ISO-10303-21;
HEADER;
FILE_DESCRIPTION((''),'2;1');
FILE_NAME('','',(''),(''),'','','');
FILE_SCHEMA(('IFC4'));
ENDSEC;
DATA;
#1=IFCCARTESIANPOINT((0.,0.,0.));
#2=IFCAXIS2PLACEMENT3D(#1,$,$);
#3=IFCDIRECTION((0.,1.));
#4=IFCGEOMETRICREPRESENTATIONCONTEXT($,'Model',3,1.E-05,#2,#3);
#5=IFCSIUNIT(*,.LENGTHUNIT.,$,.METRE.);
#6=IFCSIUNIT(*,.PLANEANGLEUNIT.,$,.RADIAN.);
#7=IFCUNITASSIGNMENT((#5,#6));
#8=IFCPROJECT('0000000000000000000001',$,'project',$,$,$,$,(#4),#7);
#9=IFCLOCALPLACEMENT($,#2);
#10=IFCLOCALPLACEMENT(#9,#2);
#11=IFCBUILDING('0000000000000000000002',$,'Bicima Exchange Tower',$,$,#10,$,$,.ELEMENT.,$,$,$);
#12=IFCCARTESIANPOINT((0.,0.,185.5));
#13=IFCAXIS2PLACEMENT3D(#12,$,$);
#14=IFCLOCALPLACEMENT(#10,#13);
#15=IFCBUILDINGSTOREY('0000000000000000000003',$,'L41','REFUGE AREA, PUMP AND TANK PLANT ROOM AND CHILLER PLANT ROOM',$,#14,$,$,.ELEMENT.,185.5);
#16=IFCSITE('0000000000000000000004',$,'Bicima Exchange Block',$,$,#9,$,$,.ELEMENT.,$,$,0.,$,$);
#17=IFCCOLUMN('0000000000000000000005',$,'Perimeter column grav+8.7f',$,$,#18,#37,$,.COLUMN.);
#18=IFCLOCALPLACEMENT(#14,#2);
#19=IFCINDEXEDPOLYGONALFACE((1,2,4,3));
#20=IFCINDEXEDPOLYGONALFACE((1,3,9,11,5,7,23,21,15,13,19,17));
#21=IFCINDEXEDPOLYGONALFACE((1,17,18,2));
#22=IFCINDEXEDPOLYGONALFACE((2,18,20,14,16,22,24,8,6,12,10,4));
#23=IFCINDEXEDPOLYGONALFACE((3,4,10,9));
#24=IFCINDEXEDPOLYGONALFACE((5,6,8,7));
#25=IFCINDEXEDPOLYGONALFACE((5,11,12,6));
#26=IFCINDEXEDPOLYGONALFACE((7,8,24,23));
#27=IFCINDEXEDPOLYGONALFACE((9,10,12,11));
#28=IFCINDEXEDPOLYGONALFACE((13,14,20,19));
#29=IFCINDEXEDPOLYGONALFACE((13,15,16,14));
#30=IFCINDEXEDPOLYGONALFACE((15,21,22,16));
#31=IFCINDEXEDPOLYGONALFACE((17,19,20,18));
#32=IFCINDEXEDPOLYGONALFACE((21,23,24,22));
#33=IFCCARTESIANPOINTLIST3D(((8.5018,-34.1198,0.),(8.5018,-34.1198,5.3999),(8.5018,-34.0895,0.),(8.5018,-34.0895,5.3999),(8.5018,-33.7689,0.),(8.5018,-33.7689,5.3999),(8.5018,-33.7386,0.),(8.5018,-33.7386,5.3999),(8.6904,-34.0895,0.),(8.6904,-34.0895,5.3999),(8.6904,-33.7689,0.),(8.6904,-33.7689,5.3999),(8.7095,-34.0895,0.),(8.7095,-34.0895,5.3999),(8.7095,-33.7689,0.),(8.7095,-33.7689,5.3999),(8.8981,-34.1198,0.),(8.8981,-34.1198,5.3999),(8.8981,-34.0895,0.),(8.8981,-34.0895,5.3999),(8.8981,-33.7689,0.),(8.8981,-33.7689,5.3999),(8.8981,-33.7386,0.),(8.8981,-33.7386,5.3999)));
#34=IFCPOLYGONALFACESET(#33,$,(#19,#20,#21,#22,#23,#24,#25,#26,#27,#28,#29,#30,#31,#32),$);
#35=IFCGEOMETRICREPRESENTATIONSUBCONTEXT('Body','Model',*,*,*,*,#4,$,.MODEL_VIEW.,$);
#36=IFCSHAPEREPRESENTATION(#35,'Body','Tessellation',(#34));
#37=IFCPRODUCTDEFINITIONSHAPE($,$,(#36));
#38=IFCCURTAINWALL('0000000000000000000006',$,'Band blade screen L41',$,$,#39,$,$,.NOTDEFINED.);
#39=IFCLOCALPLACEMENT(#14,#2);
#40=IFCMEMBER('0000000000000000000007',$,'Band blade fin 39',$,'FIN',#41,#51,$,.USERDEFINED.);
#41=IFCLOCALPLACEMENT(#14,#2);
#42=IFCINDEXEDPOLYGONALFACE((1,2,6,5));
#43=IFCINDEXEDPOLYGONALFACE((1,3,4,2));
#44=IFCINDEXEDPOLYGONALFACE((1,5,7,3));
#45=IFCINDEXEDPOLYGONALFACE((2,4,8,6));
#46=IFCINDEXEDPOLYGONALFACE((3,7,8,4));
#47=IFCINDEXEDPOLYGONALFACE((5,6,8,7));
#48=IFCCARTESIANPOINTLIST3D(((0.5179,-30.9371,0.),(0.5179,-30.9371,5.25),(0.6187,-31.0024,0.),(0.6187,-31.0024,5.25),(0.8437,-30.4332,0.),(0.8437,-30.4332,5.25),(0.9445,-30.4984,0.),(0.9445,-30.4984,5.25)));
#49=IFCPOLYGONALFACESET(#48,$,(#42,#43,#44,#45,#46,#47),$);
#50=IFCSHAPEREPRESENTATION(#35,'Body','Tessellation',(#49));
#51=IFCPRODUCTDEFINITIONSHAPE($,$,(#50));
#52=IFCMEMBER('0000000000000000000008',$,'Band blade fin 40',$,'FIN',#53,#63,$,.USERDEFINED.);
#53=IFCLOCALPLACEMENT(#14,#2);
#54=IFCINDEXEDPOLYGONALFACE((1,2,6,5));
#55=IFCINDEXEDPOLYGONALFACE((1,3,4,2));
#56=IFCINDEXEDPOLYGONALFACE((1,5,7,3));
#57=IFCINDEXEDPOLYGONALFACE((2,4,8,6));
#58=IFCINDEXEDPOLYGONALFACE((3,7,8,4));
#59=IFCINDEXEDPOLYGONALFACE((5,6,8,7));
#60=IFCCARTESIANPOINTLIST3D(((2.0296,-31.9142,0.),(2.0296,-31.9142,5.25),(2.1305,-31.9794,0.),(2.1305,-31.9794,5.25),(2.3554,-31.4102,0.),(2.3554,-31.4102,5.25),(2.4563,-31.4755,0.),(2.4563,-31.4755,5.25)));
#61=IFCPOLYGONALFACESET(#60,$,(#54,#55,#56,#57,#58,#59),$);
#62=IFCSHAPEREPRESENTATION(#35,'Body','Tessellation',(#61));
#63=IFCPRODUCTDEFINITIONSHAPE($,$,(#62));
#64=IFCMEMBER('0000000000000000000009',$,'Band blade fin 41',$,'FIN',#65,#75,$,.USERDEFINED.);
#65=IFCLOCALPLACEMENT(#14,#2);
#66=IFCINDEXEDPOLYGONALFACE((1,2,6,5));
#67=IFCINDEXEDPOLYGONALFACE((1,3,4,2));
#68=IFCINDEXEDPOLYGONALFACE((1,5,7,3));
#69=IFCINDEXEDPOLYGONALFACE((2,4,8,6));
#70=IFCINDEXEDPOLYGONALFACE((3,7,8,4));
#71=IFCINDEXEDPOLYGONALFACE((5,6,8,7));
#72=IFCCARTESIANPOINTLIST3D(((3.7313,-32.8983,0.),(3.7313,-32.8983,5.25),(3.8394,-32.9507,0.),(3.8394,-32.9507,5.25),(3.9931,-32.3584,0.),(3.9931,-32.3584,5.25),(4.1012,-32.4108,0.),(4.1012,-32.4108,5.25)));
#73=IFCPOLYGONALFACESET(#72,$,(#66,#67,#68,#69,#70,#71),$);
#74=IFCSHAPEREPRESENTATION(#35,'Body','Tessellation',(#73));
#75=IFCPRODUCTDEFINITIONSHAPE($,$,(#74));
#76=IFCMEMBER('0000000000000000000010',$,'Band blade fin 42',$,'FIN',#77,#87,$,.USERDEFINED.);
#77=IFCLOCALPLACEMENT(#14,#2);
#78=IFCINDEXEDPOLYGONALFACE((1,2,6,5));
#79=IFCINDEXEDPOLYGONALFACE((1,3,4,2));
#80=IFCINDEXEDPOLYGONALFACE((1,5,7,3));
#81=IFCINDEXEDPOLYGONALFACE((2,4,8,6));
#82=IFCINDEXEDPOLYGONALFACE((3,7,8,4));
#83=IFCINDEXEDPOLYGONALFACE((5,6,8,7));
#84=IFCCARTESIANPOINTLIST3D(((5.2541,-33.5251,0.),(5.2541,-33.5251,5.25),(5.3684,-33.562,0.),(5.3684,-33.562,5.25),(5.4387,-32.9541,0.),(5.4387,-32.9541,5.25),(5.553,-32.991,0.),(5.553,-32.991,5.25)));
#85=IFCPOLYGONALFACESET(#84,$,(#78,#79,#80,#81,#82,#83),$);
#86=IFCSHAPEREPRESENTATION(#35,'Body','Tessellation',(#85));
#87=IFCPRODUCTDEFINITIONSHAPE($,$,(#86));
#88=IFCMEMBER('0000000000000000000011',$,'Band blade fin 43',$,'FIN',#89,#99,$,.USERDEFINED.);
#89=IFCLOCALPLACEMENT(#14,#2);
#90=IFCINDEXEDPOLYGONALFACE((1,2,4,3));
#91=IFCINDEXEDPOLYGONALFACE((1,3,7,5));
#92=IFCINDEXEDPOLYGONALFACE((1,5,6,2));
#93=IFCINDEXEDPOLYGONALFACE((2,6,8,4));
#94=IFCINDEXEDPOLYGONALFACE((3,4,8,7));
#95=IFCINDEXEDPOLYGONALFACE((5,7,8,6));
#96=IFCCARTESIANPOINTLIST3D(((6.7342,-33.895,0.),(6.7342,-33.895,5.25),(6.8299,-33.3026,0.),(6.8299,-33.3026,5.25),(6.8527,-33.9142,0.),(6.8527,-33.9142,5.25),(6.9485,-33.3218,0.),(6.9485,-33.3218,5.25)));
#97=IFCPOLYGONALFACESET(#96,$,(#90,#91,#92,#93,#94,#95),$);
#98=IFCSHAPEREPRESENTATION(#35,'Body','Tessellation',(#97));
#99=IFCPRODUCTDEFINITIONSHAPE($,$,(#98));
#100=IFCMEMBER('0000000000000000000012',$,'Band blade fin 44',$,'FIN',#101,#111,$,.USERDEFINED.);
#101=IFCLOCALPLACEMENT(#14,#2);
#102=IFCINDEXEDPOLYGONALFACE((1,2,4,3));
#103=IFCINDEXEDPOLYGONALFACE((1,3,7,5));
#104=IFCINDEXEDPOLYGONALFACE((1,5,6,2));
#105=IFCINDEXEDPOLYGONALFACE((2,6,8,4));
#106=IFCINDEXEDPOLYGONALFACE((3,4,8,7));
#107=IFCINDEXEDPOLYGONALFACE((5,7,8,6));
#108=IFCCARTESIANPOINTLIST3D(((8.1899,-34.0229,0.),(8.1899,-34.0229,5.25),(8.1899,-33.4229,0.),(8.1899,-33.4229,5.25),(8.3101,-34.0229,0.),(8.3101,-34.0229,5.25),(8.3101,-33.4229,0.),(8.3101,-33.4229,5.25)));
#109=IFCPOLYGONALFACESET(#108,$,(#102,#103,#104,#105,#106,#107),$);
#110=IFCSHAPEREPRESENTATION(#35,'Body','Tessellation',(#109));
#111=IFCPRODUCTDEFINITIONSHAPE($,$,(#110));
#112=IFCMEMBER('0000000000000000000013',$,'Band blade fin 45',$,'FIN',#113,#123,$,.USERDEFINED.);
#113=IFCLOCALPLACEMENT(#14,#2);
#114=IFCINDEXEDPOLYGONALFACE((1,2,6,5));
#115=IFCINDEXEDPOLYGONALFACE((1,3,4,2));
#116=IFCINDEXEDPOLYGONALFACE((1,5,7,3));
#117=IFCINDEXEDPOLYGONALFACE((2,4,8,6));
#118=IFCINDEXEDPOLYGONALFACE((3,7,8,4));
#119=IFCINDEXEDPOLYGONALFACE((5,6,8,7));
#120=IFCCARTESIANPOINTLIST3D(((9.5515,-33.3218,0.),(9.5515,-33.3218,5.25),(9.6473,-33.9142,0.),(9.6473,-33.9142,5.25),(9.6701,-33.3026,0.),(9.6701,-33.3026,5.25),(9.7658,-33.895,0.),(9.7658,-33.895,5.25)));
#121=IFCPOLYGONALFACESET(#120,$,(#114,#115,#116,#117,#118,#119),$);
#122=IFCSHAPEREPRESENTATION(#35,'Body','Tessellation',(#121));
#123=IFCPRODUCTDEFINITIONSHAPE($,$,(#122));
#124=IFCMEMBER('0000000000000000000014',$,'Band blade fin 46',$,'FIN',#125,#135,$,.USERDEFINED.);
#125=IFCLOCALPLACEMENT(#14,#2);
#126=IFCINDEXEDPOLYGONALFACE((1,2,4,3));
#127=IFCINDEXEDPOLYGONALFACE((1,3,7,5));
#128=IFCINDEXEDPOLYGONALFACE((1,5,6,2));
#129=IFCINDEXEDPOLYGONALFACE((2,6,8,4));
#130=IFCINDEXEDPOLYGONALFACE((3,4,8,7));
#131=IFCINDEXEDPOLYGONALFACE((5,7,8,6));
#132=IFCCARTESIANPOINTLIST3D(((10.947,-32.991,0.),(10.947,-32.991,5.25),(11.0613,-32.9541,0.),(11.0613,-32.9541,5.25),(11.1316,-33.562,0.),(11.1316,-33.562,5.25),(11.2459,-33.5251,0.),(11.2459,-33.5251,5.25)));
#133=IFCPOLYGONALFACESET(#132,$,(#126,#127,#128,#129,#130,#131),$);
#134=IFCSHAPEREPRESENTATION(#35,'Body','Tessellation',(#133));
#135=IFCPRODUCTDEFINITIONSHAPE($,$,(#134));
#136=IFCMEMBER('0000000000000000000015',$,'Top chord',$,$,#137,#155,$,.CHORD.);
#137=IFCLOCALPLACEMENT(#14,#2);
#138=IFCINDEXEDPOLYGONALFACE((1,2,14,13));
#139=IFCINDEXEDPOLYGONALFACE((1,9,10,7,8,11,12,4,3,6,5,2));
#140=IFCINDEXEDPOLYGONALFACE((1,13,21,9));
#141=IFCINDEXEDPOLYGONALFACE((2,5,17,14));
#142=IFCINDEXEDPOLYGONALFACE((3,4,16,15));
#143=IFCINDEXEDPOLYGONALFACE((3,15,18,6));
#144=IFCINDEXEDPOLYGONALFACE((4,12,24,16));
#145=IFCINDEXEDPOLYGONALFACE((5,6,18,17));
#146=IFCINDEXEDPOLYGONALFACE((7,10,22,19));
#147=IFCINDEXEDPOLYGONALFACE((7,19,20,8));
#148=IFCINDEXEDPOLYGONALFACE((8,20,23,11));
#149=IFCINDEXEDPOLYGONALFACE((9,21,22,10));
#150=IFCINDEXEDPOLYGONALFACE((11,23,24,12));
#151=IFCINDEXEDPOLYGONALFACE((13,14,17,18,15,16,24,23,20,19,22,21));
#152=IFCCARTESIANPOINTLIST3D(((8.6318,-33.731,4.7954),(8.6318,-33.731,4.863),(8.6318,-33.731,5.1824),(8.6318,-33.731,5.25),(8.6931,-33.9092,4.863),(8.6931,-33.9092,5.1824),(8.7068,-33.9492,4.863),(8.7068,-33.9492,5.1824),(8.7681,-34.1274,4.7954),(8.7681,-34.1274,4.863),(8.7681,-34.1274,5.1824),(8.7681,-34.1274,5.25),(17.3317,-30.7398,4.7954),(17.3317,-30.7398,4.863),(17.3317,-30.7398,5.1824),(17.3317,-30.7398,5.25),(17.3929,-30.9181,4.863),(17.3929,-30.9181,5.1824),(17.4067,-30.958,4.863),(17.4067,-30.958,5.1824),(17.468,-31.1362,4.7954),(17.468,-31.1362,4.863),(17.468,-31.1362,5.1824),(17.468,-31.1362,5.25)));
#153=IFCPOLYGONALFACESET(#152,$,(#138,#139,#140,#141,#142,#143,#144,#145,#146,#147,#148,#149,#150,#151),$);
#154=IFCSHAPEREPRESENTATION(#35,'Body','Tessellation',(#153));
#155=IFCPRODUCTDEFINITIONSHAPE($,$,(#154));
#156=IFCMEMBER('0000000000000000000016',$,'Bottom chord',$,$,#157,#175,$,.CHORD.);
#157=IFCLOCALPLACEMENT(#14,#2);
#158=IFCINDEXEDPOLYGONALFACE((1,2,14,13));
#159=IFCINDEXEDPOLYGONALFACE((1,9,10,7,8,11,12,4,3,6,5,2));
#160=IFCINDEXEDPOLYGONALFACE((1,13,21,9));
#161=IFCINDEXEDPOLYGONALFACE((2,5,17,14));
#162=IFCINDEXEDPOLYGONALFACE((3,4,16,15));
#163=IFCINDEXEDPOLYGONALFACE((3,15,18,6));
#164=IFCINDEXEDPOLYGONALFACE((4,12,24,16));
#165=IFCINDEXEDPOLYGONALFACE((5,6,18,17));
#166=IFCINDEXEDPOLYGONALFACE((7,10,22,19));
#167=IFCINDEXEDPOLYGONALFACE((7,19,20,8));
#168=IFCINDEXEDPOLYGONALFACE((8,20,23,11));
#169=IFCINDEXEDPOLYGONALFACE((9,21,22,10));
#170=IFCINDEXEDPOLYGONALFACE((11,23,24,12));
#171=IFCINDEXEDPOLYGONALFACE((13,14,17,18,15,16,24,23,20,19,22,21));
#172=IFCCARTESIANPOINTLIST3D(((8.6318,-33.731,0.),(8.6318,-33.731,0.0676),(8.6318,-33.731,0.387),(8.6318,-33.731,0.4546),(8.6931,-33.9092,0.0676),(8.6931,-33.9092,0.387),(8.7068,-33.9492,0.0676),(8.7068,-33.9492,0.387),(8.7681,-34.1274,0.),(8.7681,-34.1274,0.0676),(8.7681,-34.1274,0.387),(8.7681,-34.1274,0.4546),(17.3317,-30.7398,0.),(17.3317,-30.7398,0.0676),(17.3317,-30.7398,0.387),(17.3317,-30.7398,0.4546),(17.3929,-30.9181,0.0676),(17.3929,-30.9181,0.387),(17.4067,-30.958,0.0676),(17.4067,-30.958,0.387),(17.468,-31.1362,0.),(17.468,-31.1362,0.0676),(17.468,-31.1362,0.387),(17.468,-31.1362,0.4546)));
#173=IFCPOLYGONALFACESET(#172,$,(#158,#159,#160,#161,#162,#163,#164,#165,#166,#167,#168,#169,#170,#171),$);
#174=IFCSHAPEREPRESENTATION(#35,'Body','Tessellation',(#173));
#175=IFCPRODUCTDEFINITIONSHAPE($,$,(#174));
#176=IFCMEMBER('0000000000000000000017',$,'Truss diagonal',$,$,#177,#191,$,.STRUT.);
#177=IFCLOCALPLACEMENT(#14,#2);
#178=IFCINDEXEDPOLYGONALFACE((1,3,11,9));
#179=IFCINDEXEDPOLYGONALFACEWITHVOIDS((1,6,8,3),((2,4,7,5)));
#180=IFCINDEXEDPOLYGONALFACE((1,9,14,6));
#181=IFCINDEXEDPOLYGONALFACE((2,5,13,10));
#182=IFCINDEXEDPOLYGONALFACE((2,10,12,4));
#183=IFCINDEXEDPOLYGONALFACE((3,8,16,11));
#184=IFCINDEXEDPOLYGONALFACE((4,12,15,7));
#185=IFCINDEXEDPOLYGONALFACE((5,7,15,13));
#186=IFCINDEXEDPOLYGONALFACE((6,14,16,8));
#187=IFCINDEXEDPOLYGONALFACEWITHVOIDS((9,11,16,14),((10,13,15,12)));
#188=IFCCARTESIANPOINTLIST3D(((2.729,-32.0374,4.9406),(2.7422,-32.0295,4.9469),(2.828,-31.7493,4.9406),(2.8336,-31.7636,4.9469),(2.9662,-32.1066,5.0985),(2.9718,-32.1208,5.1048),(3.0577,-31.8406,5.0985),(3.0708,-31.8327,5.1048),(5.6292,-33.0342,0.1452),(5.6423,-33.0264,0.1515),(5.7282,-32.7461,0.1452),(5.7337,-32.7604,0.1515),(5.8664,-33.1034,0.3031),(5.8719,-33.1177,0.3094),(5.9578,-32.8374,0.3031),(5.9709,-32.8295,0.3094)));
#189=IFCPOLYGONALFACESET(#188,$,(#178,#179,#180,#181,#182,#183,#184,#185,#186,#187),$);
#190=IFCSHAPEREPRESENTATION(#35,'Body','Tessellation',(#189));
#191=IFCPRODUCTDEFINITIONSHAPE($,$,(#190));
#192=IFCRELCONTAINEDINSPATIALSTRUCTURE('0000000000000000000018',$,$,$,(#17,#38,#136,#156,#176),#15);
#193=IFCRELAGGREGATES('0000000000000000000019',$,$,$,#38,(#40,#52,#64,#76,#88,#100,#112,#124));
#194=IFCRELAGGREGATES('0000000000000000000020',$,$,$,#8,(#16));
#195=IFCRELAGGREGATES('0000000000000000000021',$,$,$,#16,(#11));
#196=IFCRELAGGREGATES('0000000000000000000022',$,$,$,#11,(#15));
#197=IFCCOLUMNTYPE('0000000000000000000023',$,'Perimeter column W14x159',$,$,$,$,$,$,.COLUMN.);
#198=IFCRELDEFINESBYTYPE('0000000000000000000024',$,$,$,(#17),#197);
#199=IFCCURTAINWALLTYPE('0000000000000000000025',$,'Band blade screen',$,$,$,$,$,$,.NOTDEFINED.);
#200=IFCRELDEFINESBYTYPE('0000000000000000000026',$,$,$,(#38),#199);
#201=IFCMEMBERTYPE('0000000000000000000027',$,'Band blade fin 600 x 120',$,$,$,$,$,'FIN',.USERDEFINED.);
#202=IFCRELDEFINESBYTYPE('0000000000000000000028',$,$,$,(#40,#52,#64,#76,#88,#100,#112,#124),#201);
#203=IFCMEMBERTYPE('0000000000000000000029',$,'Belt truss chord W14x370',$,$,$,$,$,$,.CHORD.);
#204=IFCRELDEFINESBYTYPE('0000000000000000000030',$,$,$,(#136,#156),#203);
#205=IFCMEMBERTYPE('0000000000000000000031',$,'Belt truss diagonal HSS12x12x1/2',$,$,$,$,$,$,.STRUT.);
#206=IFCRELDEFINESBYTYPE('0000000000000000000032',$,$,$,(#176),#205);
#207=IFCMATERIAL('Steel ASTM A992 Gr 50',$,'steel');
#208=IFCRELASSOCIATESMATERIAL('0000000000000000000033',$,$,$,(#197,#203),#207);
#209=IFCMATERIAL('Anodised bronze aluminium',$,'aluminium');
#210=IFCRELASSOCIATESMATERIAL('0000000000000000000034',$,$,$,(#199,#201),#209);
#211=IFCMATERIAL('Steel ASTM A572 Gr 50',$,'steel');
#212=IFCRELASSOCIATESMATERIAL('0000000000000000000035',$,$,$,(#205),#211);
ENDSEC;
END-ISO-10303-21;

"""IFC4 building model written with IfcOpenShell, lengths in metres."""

from ifc_helpers import new_model, si_unit, direction, frame, origin, origin_2d, place, context, subcontext, project, spatial, rectangle, hollow_rectangle, i_section, extrude, material, material_profile, profile_set, type_object, element, aggregate, save


model = new_model("IFC4")

# Units and contexts
model_context = context("Model", 3, precision=1e-05, world=origin(), true_north=direction((0.0, 1.0)))
body_context = subcontext(model_context, "Body", "Model", "MODEL_VIEW")
ifc_project = project(units=[si_unit("LENGTHUNIT", "METRE"), si_unit("PLANEANGLEUNIT", "RADIAN")], contexts=[model_context])

# Site, building, storey
site_placement = place(None, origin())
site = spatial("IfcSite", under=ifc_project, at=site_placement, Name="Bicima Exchange Block", CompositionType="ELEMENT", RefElevation=0.0)
building_placement = place(site_placement, origin())
building = spatial("IfcBuilding", under=site, at=building_placement, Name="Bicima Exchange Tower", CompositionType="ELEMENT")
storey_placement = place(building_placement, frame((0.0, 0.0, 185.5)))
storey = spatial("IfcBuildingStorey", under=building, at=storey_placement, Name="L41", Description="REFUGE AREA, PUMP AND TANK PLANT ROOM AND CHILLER PLANT ROOM", CompositionType="ELEMENT", Elevation=185.5)

# Column
ifc_material_1 = material(Name="Steel ASTM A992 Gr 50", Category="steel")
ifc_material_profile_1 = material_profile(ifc_material_1, i_section(OverallWidth=0.3962, OverallDepth=0.3811, WebThickness=0.019, FlangeThickness=0.0303, at=origin_2d()))
ifc_profile_set_1 = profile_set([ifc_material_profile_1], Name="Steel ASTM A992 Gr 50")
column_type = type_object("IfcColumnType", Name="Perimeter column W14x159", PredefinedType="COLUMN", material=ifc_profile_set_1)
column_placement = place(storey_placement, frame((8.7, -33.9292, 0.0), z_axis=(0.0, 0.0, 1.0), x_axis=(1.0, 0.0, 0.0)))
element("IfcColumn", 1, at=column_placement, inside=storey, type_object=column_type, Name="Perimeter column grav+8.7f", PredefinedType="COLUMN", context=body_context, shape_type="SweptSolid", body=[
    extrude(i_section(OverallWidth=0.3962, OverallDepth=0.3811, WebThickness=0.019, FlangeThickness=0.0303, at=origin_2d()), origin(), (0.0, 0.0, 1.0), 5.3999),
])

# Curtain wall, members
ifc_material_2 = material(Name="Anodised bronze aluminium", Category="aluminium")
curtain_wall_type = type_object("IfcCurtainWallType", Name="Band blade screen", PredefinedType="NOTDEFINED", material=ifc_material_2)
curtain_wall_placement = place(storey_placement, origin())
curtain_wall = element("IfcCurtainWall", 2, at=curtain_wall_placement, inside=storey, type_object=curtain_wall_type, Name="Band blade screen L41", PredefinedType="NOTDEFINED")
ifc_material_profile_2 = material_profile(ifc_material_2, rectangle(XDim=0.6001, YDim=0.1201, at=origin_2d()))
ifc_profile_set_2 = profile_set([ifc_material_profile_2], Name="Anodised bronze aluminium")
member_type_1 = type_object("IfcMemberType", Name="Band blade fin 600 x 120", ElementType="FIN", PredefinedType="USERDEFINED", material=ifc_profile_set_2)
member_1_placement = place(storey_placement, frame((0.7312, -30.7178, 0.0), z_axis=(0.0, 0.0, 1.0), x_axis=(0.542909, 0.839791, 0.0)))
member_1 = element("IfcMember", 3, at=member_1_placement, type_object=member_type_1, Name="Band blade fin 39", ObjectType="FIN", PredefinedType="USERDEFINED", context=body_context, shape_type="SweptSolid", body=[
    extrude(rectangle(XDim=0.6001, YDim=0.1201, at=origin_2d()), origin(), (0.0, 0.0, 1.0), 5.25),
])
member_2_placement = place(storey_placement, frame((2.2429, -31.6948, 0.0), z_axis=(0.0, 0.0, 1.0), x_axis=(0.542909, 0.839791, 0.0)))
member_2 = element("IfcMember", 4, at=member_2_placement, type_object=member_type_1, Name="Band blade fin 40", ObjectType="FIN", PredefinedType="USERDEFINED", context=body_context, shape_type="SweptSolid", body=[
    extrude(rectangle(XDim=0.6001, YDim=0.1201, at=origin_2d()), origin(), (0.0, 0.0, 1.0), 5.25),
])
member_3_placement = place(storey_placement, frame((3.9163, -32.6545, 0.0), z_axis=(0.0, 0.0, 1.0), x_axis=(0.436287, 0.899808, 0.0)))
member_3 = element("IfcMember", 5, at=member_3_placement, type_object=member_type_1, Name="Band blade fin 41", ObjectType="FIN", PredefinedType="USERDEFINED", context=body_context, shape_type="SweptSolid", body=[
    extrude(rectangle(XDim=0.6001, YDim=0.1201, at=origin_2d()), origin(), (0.0, 0.0, 1.0), 5.25),
])
member_4_placement = place(storey_placement, frame((5.4036, -33.2581, 0.0), z_axis=(0.0, 0.0, 1.0), x_axis=(0.307553, 0.951531, 0.0)))
member_4 = element("IfcMember", 6, at=member_4_placement, type_object=member_type_1, Name="Band blade fin 42", ObjectType="FIN", PredefinedType="USERDEFINED", context=body_context, shape_type="SweptSolid", body=[
    extrude(rectangle(XDim=0.6001, YDim=0.1201, at=origin_2d()), origin(), (0.0, 0.0, 1.0), 5.25),
])
member_5_placement = place(storey_placement, frame((6.8413, -33.6084, 0.0), z_axis=(0.0, 0.0, 1.0), x_axis=(0.159533, 0.987193, 0.0)))
member_5 = element("IfcMember", 7, at=member_5_placement, type_object=member_type_1, Name="Band blade fin 43", ObjectType="FIN", PredefinedType="USERDEFINED", context=body_context, shape_type="SweptSolid", body=[
    extrude(rectangle(XDim=0.6001, YDim=0.1201, at=origin_2d()), origin(), (0.0, 0.0, 1.0), 5.25),
])
member_6_placement = place(storey_placement, frame((8.25, -33.7229, 0.0), z_axis=(0.0, 0.0, 1.0), x_axis=(0.0, 1.0, 0.0)))
member_6 = element("IfcMember", 8, at=member_6_placement, type_object=member_type_1, Name="Band blade fin 44", ObjectType="FIN", PredefinedType="USERDEFINED", context=body_context, shape_type="SweptSolid", body=[
    extrude(rectangle(XDim=0.6001, YDim=0.1201, at=origin_2d()), origin(), (0.0, 0.0, 1.0), 5.25),
])
member_7_placement = place(storey_placement, frame((9.6587, -33.6084, 0.0), z_axis=(0.0, 0.0, 1.0), x_axis=(-0.159533, 0.987193, 0.0)))
member_7 = element("IfcMember", 9, at=member_7_placement, type_object=member_type_1, Name="Band blade fin 45", ObjectType="FIN", PredefinedType="USERDEFINED", context=body_context, shape_type="SweptSolid", body=[
    extrude(rectangle(XDim=0.6001, YDim=0.1201, at=origin_2d()), origin(), (0.0, 0.0, 1.0), 5.25),
])
member_8_placement = place(storey_placement, frame((11.0964, -33.2581, 0.0), z_axis=(0.0, 0.0, 1.0), x_axis=(-0.307553, 0.951531, 0.0)))
member_8 = element("IfcMember", 10, at=member_8_placement, type_object=member_type_1, Name="Band blade fin 46", ObjectType="FIN", PredefinedType="USERDEFINED", context=body_context, shape_type="SweptSolid", body=[
    extrude(rectangle(XDim=0.6001, YDim=0.1201, at=origin_2d()), origin(), (0.0, 0.0, 1.0), 5.25),
])
aggregate(curtain_wall, [member_1, member_2, member_3, member_4, member_5, member_6, member_7, member_8])

# Members
ifc_material_profile_3 = material_profile(ifc_material_1, i_section(OverallWidth=0.4192, OverallDepth=0.4546, WebThickness=0.0422, FlangeThickness=0.0676, at=origin_2d()))
ifc_profile_set_3 = profile_set([ifc_material_profile_3], Name="Steel ASTM A992 Gr 50")
member_type_2 = type_object("IfcMemberType", Name="Belt truss chord W14x370", PredefinedType="CHORD", material=ifc_profile_set_3)
for number, where, z_axis, x_axis, name in (
    (11, (8.7, -33.9292, 5.0227), (0.945666, 0.325138, 0.0), (-0.325138, 0.945666, 0.0), "Top chord"),
    (12, (8.7, -33.9292, 0.2273), (0.945666, 0.325138, 0.0), (-0.325138, 0.945666, 0.0), "Bottom chord"),
):
    element("IfcMember", number, at=place(storey_placement, frame(where, z_axis=z_axis, x_axis=x_axis)), inside=storey, type_object=member_type_2, Name=name, PredefinedType="CHORD", context=body_context, shape_type="SweptSolid", body=[
        extrude(i_section(OverallWidth=0.4192, OverallDepth=0.4546, WebThickness=0.0422, FlangeThickness=0.0676, at=origin_2d()), origin(), (0.0, 0.0, 1.0), 9.1997),
    ])
ifc_material_3 = material(Name="Steel ASTM A572 Gr 50", Category="steel")
ifc_material_profile_4 = material_profile(ifc_material_3, hollow_rectangle(XDim=0.3047, YDim=0.3047, WallThickness=0.0117, at=origin_2d()))
ifc_profile_set_4 = profile_set([ifc_material_profile_4], Name="Steel ASTM A572 Gr 50")
member_type_3 = type_object("IfcMemberType", Name="Belt truss diagonal HSS12x12x1/2", PredefinedType="STRUT", material=ifc_profile_set_4)
for number, where, z_axis, x_axis, name in (
    (13, (2.8999, -31.9351, 5.0227), (0.5095, -0.175123, -0.842462), (0.325051, 0.945697, 0.0), "Truss diagonal"),
):
    element("IfcMember", number, at=place(storey_placement, frame(where, z_axis=z_axis, x_axis=x_axis)), inside=storey, type_object=member_type_3, Name=name, PredefinedType="STRUT", context=body_context, shape_type="SweptSolid", body=[
        extrude(hollow_rectangle(XDim=0.3047, YDim=0.3047, WallThickness=0.0117, at=origin_2d()), origin(), (0.0, 0.0, 1.0), 5.6921),
    ])

save(model, "model.ifc")
